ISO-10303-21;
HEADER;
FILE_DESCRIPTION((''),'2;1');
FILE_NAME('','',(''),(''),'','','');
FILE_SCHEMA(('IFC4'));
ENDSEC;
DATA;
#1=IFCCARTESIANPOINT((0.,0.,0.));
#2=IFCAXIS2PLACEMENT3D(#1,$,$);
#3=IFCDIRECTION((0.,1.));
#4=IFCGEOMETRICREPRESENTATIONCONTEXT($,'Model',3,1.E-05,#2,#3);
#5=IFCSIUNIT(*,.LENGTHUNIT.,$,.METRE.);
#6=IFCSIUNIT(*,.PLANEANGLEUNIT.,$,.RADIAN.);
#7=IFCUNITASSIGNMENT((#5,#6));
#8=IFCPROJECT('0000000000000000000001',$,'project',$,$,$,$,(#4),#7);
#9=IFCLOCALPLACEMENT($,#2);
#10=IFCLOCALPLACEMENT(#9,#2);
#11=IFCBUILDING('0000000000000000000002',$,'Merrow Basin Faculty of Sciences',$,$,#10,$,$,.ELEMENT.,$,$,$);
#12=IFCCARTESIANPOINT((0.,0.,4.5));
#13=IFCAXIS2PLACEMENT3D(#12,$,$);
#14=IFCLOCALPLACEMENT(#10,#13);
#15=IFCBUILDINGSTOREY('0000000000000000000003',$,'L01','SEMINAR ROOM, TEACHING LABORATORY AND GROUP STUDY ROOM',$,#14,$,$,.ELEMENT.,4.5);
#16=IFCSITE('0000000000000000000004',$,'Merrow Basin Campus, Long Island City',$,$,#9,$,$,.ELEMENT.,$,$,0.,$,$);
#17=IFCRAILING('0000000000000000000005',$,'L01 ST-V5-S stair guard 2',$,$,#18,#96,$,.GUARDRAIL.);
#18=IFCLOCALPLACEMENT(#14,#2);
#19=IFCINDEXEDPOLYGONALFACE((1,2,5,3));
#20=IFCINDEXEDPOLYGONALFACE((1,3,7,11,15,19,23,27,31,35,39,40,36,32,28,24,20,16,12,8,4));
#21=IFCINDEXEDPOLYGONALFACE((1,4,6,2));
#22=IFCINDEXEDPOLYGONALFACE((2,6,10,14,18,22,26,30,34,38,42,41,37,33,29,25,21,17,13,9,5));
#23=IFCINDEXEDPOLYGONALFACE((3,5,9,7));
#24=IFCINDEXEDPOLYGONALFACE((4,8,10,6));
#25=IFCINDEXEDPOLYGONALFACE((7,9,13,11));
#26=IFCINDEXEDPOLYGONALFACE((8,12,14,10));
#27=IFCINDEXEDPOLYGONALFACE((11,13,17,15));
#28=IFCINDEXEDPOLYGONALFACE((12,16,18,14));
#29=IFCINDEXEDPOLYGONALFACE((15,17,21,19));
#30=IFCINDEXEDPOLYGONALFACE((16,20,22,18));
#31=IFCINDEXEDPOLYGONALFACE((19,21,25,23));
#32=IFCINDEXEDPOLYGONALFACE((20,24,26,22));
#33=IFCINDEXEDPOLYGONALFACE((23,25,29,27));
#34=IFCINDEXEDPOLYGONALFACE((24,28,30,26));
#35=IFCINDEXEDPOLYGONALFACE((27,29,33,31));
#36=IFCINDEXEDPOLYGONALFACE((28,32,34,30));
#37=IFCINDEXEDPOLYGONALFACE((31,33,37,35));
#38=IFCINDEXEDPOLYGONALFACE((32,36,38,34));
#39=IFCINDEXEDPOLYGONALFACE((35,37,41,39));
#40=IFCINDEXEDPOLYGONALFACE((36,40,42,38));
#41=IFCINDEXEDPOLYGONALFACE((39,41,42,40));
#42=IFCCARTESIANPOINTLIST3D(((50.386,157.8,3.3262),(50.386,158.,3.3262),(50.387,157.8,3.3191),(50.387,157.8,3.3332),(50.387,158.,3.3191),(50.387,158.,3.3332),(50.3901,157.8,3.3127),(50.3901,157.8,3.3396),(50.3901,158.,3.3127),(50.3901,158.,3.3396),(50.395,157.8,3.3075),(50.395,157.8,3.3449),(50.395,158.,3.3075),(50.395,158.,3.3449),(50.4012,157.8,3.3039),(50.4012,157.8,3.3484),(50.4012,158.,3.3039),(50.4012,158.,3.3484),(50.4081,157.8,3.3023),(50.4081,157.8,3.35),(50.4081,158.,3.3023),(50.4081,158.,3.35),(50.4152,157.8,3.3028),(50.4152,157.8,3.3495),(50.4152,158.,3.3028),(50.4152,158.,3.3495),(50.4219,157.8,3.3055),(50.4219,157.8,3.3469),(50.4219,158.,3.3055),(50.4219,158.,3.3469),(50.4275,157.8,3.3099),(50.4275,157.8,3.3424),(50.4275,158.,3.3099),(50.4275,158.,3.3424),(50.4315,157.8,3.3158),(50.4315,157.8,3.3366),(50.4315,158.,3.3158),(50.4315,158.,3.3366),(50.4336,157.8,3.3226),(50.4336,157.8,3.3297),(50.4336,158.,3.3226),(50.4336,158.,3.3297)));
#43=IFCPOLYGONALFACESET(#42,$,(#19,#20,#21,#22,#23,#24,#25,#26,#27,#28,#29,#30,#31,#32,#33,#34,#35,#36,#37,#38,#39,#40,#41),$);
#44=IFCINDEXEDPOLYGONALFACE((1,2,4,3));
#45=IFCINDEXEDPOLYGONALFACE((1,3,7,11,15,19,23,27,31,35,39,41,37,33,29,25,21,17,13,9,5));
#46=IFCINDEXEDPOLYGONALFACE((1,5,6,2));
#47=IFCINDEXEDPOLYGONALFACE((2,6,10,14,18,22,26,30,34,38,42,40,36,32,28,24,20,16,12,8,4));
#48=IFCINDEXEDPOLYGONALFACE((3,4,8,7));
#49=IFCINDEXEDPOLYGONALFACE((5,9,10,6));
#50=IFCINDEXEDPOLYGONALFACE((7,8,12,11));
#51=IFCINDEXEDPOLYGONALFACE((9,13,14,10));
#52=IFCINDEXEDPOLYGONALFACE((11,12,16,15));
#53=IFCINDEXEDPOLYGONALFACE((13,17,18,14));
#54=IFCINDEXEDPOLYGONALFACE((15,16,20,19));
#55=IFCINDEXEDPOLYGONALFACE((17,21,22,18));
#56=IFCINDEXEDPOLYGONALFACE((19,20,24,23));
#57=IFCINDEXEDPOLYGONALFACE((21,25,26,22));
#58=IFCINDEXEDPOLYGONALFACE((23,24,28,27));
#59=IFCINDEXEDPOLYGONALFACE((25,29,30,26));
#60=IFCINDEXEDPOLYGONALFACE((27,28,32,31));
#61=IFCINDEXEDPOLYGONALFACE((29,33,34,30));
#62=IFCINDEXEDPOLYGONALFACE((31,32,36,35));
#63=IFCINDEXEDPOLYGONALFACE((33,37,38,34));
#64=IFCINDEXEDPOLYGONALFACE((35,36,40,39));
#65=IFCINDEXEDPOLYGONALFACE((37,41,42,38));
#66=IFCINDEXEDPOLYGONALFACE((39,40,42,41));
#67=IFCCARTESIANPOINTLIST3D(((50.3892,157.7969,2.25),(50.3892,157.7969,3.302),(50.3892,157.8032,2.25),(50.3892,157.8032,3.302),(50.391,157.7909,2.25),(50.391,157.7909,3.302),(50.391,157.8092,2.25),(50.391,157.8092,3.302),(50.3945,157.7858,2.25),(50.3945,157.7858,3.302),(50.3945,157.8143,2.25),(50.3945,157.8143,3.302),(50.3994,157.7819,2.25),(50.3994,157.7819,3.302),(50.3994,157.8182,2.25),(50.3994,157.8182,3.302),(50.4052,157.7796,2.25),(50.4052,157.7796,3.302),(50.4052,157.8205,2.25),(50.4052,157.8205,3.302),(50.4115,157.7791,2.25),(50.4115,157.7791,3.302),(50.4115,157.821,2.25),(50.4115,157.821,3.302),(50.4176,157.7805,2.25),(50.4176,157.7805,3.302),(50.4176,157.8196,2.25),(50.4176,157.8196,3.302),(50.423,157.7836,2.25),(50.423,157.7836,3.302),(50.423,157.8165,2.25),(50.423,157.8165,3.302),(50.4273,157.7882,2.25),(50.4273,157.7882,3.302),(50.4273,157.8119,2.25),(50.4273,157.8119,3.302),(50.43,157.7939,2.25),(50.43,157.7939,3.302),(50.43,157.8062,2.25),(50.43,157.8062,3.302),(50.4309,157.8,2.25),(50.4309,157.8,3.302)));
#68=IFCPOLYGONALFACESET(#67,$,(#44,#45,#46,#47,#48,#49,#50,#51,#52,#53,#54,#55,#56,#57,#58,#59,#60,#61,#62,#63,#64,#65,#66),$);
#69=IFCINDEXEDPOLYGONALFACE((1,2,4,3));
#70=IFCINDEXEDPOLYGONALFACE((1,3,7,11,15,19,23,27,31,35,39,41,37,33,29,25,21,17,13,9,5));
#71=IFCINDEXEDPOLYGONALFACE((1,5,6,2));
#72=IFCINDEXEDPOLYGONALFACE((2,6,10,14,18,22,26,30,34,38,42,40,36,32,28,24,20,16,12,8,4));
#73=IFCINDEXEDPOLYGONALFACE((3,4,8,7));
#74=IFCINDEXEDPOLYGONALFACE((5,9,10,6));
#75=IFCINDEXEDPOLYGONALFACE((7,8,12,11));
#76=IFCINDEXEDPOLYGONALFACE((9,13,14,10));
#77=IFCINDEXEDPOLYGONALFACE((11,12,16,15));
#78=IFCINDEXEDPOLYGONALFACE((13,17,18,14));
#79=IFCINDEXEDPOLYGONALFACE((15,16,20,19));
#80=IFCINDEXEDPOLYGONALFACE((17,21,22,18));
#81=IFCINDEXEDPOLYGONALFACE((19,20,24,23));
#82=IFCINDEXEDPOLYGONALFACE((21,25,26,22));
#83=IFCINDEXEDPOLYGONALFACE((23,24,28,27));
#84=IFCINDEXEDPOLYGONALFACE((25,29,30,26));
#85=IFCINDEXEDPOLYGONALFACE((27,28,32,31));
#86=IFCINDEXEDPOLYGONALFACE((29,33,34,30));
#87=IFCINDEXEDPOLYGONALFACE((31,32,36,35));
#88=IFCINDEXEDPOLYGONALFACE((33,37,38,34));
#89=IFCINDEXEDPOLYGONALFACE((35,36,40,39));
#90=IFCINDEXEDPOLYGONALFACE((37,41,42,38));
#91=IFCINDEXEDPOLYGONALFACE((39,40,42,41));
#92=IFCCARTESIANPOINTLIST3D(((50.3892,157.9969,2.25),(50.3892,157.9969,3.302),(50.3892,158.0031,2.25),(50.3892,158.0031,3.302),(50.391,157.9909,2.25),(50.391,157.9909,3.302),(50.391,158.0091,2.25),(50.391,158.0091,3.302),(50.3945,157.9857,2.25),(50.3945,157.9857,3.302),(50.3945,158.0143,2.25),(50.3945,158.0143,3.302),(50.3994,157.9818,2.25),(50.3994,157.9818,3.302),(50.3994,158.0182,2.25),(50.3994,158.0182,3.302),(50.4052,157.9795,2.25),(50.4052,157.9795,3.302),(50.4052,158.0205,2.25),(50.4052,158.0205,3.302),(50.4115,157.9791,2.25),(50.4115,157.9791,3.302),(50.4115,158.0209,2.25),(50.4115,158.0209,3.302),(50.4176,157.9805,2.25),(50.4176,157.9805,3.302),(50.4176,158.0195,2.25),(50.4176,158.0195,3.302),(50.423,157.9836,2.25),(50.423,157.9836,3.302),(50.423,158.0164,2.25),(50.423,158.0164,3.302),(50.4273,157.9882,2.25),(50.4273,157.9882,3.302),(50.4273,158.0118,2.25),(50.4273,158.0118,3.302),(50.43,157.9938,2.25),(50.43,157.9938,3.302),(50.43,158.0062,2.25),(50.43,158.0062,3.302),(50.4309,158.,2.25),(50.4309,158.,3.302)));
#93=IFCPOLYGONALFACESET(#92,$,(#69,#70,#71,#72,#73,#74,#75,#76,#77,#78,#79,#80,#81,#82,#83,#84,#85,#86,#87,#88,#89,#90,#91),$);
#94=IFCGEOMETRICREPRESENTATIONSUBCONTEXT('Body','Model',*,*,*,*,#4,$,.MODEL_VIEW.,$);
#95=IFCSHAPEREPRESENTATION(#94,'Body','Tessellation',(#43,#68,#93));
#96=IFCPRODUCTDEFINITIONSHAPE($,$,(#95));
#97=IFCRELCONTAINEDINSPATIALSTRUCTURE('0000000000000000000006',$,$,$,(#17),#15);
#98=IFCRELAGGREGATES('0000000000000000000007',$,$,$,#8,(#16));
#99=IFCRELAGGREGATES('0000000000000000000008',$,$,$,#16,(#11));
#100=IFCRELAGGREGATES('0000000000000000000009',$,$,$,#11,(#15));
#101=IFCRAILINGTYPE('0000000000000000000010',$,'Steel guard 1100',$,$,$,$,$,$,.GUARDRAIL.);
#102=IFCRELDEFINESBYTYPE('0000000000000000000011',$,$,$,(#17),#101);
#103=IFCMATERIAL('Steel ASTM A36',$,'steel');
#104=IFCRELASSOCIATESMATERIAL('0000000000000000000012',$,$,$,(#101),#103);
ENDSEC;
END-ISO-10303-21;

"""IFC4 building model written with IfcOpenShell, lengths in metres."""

from ifc_helpers import new_model, si_unit, direction, frame, origin, origin_2d, place, context, subcontext, project, spatial, circle, extrude, material, type_object, element, save


model = new_model("IFC4")

# Units and contexts
model_context = context("Model", 3, precision=1e-05, world=origin(), true_north=direction((0.0, 1.0)))
body_context = subcontext(model_context, "Body", "Model", "MODEL_VIEW")
ifc_project = project(units=[si_unit("LENGTHUNIT", "METRE"), si_unit("PLANEANGLEUNIT", "RADIAN")], contexts=[model_context])

# Site, building, storey
site_placement = place(None, origin())
site = spatial("IfcSite", under=ifc_project, at=site_placement, Name="Merrow Basin Campus, Long Island City", CompositionType="ELEMENT", RefElevation=0.0)
building_placement = place(site_placement, origin())
building = spatial("IfcBuilding", under=site, at=building_placement, Name="Merrow Basin Faculty of Sciences", CompositionType="ELEMENT")
storey_placement = place(building_placement, frame((0.0, 0.0, 4.5)))
storey = spatial("IfcBuildingStorey", under=building, at=storey_placement, Name="L01", Description="SEMINAR ROOM, TEACHING LABORATORY AND GROUP STUDY ROOM", CompositionType="ELEMENT", Elevation=4.5)

# Railing
ifc_material_1 = material(Name="Steel ASTM A36", Category="steel")
railing_type_1 = type_object("IfcRailingType", Name="Steel guard 1100", PredefinedType="GUARDRAIL", material=ifc_material_1)
railing_1_placement = place(storey_placement, frame((50.4099, 157.8, 2.25)))
element("IfcRailing", 1, at=railing_1_placement, inside=storey, type_object=railing_type_1, Name="L01 ST-V5-S stair guard 2", PredefinedType="GUARDRAIL", context=body_context, shape_type="SweptSolid", body=[
    extrude(circle(Radius=0.0239, at=origin_2d()), frame((0.0, 0.0, 1.0762), z_axis=(0.0, 1.0, 0.0), x_axis=(-1.0, 0.0, 0.0)), (0.0, 0.0, 1.0), 0.2),
    extrude(circle(Radius=0.021, at=origin_2d()), origin(), (0.0, 0.0, 1.0), 1.052),
    extrude(circle(Radius=0.021, at=origin_2d()), frame((0.0, 0.2, 0.0)), (0.0, 0.0, 1.0), 1.052),
])

save(model, "model.ifc")
